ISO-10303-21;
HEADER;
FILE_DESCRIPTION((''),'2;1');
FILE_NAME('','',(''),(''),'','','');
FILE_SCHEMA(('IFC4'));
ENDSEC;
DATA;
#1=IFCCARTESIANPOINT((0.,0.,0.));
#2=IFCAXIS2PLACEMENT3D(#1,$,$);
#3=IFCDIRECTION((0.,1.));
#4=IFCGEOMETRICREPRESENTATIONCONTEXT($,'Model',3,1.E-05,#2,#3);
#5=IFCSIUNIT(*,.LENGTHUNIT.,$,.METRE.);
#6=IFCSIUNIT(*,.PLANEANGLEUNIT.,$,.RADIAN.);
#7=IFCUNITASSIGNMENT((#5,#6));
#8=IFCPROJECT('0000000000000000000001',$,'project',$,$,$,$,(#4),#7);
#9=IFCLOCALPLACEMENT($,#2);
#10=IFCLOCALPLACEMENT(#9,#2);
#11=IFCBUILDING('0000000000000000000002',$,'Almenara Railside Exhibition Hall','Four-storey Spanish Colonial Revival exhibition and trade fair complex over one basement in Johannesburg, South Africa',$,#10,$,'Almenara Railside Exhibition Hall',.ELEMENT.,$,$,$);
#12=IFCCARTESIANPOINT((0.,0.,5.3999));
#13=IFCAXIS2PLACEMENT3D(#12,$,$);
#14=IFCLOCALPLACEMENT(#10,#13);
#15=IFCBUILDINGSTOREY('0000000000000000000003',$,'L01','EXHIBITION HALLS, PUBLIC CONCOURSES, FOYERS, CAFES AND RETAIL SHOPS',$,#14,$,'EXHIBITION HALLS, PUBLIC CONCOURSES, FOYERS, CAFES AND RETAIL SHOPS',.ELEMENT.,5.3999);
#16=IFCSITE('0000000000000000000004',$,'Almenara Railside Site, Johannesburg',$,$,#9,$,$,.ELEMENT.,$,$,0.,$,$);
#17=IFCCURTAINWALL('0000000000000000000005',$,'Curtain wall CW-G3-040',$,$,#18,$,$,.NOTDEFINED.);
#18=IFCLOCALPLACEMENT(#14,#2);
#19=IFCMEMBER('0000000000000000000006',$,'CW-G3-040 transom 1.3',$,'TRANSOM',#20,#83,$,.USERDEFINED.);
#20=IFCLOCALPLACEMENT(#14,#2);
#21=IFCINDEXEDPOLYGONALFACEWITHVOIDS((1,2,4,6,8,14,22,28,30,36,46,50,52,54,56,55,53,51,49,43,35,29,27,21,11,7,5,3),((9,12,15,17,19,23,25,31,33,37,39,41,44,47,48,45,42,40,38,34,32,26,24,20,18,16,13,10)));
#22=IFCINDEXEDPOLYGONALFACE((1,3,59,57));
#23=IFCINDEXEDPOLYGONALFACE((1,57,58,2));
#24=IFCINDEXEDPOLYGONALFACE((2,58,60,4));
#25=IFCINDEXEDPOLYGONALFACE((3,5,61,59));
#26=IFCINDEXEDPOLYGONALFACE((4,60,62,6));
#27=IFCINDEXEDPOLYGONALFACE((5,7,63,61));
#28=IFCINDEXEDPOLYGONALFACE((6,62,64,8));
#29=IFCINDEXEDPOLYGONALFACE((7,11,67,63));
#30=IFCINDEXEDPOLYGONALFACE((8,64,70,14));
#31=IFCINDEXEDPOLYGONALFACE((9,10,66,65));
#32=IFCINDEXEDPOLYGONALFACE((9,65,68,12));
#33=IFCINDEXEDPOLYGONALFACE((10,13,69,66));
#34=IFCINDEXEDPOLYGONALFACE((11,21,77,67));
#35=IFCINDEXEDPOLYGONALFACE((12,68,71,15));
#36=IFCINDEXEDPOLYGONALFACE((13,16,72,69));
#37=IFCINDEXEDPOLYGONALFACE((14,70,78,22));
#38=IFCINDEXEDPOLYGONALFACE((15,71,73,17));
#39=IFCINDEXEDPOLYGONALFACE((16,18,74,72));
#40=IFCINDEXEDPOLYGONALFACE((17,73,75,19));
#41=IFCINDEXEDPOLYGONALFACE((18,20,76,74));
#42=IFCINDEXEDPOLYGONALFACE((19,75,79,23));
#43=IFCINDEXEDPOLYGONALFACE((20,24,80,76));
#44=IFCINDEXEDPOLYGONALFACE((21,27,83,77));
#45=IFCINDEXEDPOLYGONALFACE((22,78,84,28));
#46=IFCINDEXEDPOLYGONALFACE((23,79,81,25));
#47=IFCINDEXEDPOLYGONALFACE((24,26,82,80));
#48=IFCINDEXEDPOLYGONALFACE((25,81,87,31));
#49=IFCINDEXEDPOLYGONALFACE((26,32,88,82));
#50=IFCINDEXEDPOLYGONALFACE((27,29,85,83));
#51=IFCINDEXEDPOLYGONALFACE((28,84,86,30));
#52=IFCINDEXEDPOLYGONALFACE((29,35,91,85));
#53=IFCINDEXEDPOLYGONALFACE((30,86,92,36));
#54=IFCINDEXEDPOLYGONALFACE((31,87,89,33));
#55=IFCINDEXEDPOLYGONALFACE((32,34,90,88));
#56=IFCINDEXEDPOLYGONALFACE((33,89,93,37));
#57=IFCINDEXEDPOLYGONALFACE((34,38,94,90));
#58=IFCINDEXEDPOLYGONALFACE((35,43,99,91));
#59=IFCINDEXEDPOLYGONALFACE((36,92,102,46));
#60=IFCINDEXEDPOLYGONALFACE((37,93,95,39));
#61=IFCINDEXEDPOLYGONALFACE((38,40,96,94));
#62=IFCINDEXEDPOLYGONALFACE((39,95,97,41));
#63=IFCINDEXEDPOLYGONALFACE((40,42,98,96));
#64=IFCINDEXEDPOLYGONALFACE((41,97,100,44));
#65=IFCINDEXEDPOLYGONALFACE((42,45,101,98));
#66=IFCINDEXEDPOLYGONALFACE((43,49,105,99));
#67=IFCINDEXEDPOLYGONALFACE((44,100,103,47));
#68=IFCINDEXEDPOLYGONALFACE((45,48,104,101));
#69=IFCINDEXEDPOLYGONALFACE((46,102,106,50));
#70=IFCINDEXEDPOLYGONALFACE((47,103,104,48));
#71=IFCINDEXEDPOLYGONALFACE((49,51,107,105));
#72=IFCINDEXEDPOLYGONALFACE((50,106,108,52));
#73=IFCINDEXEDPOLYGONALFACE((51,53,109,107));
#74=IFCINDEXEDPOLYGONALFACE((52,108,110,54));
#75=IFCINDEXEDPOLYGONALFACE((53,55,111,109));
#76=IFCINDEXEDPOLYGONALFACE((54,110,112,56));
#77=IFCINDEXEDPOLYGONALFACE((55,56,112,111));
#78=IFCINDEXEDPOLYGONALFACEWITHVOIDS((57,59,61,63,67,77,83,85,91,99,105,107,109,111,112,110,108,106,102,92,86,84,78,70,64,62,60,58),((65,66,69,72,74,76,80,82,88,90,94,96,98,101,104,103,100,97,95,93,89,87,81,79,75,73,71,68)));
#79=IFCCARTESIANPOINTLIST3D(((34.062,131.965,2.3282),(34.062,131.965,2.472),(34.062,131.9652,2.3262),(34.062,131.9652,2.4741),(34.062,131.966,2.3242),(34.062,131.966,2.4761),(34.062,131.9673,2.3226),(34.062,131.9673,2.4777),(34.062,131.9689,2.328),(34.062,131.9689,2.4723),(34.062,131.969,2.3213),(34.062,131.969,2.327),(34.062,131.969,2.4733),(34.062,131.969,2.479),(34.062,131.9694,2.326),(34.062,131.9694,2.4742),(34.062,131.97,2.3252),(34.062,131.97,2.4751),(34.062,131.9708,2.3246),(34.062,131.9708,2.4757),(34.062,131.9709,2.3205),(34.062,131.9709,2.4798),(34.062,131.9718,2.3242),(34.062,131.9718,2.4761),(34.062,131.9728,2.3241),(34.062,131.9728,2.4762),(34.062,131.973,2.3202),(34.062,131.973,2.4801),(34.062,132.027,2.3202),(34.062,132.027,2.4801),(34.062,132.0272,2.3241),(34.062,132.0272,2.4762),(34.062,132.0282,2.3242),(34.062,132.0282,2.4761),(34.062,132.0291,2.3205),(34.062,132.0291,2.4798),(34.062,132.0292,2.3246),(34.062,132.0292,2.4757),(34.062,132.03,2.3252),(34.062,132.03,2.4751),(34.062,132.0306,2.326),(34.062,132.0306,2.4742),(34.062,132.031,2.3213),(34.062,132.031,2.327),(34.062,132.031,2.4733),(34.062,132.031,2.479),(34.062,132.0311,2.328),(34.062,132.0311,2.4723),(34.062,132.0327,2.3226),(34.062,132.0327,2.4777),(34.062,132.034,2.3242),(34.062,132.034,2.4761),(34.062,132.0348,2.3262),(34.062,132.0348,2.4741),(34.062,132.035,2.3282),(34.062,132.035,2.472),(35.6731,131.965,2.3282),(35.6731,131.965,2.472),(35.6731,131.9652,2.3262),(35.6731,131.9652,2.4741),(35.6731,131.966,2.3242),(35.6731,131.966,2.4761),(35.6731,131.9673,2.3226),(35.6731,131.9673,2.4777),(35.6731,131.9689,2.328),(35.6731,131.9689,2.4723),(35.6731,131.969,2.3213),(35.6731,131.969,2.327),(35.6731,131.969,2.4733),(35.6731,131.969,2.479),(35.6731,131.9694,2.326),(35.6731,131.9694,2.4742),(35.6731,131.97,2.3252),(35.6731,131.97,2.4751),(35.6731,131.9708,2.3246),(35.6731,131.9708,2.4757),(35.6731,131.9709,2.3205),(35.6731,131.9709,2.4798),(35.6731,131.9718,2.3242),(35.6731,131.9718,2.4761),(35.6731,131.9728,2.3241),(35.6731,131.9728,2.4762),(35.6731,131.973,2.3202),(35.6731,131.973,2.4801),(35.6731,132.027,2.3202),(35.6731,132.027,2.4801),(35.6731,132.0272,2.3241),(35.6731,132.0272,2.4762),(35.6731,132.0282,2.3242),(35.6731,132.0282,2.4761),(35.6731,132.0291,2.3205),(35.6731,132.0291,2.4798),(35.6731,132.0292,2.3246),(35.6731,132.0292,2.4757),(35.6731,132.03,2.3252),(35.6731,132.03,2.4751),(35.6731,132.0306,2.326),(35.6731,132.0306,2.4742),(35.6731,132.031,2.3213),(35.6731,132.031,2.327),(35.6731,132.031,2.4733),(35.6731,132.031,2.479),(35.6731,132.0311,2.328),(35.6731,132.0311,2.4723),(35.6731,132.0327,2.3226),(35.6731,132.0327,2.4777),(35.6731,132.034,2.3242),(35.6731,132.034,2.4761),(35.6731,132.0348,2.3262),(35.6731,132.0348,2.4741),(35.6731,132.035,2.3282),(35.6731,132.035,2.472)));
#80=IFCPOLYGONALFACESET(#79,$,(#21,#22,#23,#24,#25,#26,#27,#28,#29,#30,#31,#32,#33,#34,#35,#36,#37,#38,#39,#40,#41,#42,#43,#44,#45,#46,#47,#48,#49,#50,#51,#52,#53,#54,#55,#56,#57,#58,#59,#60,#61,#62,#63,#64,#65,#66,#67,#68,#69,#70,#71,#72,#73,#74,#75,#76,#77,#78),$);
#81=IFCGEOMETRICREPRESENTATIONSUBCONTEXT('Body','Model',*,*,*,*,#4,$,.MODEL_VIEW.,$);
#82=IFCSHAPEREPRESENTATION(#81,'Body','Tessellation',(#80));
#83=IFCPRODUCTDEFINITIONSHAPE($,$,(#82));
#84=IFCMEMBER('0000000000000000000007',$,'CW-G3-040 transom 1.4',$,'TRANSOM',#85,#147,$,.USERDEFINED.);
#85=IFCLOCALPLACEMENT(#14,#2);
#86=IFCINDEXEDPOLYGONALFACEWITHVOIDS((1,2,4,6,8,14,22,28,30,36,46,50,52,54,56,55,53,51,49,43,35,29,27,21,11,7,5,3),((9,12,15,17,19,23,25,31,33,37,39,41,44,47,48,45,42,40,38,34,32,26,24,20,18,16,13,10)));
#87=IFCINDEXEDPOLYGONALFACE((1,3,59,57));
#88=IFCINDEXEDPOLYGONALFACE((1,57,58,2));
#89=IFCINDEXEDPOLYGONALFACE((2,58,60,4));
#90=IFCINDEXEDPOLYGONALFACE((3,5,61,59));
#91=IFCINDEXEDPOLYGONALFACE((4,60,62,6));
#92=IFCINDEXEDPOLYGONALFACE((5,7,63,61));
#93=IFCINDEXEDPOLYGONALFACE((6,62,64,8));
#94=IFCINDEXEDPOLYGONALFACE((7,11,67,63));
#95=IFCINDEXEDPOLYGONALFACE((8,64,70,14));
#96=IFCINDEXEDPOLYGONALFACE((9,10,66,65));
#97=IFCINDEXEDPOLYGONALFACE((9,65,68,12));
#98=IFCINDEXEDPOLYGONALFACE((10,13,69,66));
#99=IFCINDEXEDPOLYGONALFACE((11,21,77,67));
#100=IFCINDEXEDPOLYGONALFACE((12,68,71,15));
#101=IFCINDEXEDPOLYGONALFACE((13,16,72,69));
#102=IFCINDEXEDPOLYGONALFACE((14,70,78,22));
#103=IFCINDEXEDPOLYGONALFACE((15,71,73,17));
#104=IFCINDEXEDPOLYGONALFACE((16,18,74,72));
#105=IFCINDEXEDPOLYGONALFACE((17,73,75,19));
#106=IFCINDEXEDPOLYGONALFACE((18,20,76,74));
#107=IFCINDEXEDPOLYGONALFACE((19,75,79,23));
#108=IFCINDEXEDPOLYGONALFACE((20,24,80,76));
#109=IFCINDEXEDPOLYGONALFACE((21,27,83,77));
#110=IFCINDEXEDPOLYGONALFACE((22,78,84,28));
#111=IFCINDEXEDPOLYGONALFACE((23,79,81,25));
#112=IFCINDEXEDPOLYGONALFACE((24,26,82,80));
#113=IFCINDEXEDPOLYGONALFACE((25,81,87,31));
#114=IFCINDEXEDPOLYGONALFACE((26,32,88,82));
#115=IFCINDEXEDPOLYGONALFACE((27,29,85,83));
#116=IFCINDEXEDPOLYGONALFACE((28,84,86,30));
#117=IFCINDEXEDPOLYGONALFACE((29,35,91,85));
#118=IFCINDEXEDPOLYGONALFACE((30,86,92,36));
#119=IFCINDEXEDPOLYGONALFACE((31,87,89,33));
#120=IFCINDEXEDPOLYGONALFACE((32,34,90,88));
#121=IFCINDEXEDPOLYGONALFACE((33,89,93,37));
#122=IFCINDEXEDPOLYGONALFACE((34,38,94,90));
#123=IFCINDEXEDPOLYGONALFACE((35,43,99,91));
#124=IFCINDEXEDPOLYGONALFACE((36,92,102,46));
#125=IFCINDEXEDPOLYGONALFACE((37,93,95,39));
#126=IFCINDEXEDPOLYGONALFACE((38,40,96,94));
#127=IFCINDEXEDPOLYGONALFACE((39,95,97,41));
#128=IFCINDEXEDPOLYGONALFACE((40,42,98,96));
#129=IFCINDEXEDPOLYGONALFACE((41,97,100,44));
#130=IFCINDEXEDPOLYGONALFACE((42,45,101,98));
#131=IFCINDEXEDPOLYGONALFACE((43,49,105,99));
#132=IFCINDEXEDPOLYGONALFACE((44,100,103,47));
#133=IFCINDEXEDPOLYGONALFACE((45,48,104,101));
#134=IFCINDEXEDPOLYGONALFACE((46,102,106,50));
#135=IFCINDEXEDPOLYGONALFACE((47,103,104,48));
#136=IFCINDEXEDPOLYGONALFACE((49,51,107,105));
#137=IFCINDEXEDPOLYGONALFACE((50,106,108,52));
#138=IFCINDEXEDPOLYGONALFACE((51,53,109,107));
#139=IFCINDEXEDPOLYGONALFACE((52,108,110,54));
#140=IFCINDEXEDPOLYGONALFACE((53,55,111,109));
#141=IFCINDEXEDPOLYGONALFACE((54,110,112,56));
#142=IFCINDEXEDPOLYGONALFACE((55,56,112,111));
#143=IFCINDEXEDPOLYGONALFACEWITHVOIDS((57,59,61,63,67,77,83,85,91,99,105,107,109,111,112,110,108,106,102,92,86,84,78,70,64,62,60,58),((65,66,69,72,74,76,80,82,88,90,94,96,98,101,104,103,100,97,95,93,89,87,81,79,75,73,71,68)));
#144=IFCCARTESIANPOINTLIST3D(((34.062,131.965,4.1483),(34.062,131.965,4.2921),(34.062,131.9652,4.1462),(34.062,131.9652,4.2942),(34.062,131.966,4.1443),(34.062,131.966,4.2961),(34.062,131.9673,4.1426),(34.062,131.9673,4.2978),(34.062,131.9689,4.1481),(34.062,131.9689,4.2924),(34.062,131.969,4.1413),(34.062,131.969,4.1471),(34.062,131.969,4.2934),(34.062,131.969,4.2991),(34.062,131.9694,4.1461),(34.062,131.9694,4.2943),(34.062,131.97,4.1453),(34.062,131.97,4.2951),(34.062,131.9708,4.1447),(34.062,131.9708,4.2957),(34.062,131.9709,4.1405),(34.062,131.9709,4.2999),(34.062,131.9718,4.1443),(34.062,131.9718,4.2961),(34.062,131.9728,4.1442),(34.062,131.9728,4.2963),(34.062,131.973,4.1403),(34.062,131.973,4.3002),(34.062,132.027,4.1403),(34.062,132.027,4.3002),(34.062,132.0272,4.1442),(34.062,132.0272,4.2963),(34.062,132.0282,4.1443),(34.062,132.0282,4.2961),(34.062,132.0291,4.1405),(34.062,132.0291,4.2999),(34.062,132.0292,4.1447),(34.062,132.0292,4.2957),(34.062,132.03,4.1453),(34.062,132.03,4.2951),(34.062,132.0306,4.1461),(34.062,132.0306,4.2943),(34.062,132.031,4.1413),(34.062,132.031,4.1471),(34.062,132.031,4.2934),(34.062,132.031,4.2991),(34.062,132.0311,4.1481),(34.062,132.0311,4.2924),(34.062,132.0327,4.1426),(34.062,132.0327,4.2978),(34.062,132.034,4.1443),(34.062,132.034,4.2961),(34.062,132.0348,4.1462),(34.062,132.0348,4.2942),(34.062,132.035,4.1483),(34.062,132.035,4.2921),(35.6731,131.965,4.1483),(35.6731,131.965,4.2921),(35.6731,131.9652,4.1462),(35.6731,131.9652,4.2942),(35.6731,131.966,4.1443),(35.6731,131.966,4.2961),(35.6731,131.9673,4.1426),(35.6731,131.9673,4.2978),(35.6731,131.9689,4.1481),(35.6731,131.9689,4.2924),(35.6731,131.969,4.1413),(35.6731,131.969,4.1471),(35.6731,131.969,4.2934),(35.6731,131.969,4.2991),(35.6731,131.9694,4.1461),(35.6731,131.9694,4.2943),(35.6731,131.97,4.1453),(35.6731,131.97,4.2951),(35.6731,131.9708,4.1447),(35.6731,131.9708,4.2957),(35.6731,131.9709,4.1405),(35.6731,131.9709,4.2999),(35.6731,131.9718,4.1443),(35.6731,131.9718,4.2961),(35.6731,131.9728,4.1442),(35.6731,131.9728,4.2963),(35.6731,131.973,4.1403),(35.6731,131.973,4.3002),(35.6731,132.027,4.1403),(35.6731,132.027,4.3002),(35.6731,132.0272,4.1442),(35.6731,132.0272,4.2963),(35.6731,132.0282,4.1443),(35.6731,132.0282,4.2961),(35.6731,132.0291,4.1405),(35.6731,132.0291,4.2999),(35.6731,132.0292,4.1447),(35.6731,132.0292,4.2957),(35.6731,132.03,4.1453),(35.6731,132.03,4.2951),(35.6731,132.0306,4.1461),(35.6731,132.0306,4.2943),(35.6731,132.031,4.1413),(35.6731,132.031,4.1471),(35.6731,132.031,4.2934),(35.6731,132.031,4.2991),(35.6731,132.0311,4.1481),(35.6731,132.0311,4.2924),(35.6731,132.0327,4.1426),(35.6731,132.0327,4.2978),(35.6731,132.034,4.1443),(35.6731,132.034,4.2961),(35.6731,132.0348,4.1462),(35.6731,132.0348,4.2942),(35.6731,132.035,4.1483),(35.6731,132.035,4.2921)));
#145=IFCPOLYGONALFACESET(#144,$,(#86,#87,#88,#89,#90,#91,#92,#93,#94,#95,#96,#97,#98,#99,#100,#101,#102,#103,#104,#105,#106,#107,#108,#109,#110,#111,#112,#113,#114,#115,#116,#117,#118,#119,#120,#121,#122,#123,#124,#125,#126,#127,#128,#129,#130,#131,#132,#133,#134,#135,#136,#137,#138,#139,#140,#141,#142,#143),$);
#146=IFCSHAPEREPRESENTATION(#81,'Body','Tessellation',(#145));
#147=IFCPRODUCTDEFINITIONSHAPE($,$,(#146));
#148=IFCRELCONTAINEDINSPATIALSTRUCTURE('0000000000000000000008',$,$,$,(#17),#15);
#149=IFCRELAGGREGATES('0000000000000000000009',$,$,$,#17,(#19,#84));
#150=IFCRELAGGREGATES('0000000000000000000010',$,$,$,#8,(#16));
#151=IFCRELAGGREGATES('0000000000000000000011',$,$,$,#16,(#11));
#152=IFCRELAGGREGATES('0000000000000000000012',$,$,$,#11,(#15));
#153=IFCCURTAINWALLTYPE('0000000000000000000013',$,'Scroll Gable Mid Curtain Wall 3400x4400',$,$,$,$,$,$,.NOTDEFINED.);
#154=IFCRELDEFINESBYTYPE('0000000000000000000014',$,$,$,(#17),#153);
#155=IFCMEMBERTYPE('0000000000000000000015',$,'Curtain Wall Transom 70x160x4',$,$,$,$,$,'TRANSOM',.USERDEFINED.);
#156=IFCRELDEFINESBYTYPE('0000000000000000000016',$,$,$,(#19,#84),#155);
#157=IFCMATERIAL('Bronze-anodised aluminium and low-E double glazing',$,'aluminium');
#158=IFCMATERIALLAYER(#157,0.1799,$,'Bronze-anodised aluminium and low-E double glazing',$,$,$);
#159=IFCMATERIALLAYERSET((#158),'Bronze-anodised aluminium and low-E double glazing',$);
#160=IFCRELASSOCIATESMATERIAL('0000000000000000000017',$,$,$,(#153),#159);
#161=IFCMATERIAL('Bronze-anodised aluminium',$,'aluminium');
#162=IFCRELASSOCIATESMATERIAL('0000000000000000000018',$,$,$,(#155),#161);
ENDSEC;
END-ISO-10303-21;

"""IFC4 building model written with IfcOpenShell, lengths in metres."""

from ifc_helpers import new_model, si_unit, direction, frame, origin, origin_2d, place, context, subcontext, project, spatial, hollow_rectangle, extrude, material, layer, layer_set, material_profile, profile_set, type_object, element, aggregate, save


model = new_model("IFC4")

# Units and contexts
model_context = context("Model", 3, precision=1e-05, world=origin(), true_north=direction((0.0, 1.0)))
body_context = subcontext(model_context, "Body", "Model", "MODEL_VIEW")
ifc_project = project(units=[si_unit("LENGTHUNIT", "METRE"), si_unit("PLANEANGLEUNIT", "RADIAN")], contexts=[model_context])

# Site, building, storey
site_placement = place(None, origin())
site = spatial("IfcSite", under=ifc_project, at=site_placement, Name="Almenara Railside Site, Johannesburg", CompositionType="ELEMENT", RefElevation=0.0)
building_placement = place(site_placement, origin())
building = spatial("IfcBuilding", under=site, at=building_placement, Name="Almenara Railside Exhibition Hall", Description="Four-storey Spanish Colonial Revival exhibition and trade fair complex over one basement in Johannesburg, South Africa", LongName="Almenara Railside Exhibition Hall", CompositionType="ELEMENT")
storey_placement = place(building_placement, frame((0.0, 0.0, 5.3999)))
storey = spatial("IfcBuildingStorey", under=building, at=storey_placement, Name="L01", Description="EXHIBITION HALLS, PUBLIC CONCOURSES, FOYERS, CAFES AND RETAIL SHOPS", LongName="EXHIBITION HALLS, PUBLIC CONCOURSES, FOYERS, CAFES AND RETAIL SHOPS", CompositionType="ELEMENT", Elevation=5.3999)

# Shared definitions
ifc_material_1 = material(Name="Bronze-anodised aluminium and low-E double glazing", Category="aluminium")
ifc_layer_1 = layer(ifc_material_1, 0.1799, Name="Bronze-anodised aluminium and low-E double glazing")
ifc_layer_set_1 = layer_set([ifc_layer_1], Name="Bronze-anodised aluminium and low-E double glazing")
curtain_wall_type = type_object("IfcCurtainWallType", Name="Scroll Gable Mid Curtain Wall 3400x4400", PredefinedType="NOTDEFINED", material=ifc_layer_set_1)
ifc_material_2 = material(Name="Bronze-anodised aluminium", Category="aluminium")

# Curtain wall
curtain_wall_1_placement = place(storey_placement, origin())
curtain_wall_1 = element("IfcCurtainWall", 1, at=curtain_wall_1_placement, inside=storey, type_object=curtain_wall_type, Name="Curtain wall CW-G3-040", PredefinedType="NOTDEFINED")

# Members
ifc_material_profile_1 = material_profile(ifc_material_2, hollow_rectangle(XDim=0.0701, YDim=0.1599, WallThickness=0.0039, InnerFilletRadius=0.0039, OuterFilletRadius=0.0081, at=origin_2d()), Name="ALU-TRN 70x160x4")
ifc_profile_set_1 = profile_set([ifc_material_profile_1], Name="Bronze-anodised aluminium")
member_type_1 = type_object("IfcMemberType", Name="Curtain Wall Transom 70x160x4", ElementType="TRANSOM", PredefinedType="USERDEFINED", material=ifc_profile_set_1)
member_1_placement = place(storey_placement, frame((34.062, 132.0, 2.4001), z_axis=(1.0, 0.0, 0.0), x_axis=(0.0, 1.0, 0.0)))
member_1 = element("IfcMember", 2, at=member_1_placement, type_object=member_type_1, Name="CW-G3-040 transom 1.3", ObjectType="TRANSOM", PredefinedType="USERDEFINED", context=body_context, shape_type="SweptSolid", body=[
    extrude(hollow_rectangle(XDim=0.0701, YDim=0.1599, WallThickness=0.0039, InnerFilletRadius=0.0039, OuterFilletRadius=0.0081, at=origin_2d()), origin(), (0.0, 0.0, 1.0), 1.6111),
])
member_2_placement = place(storey_placement, frame((34.062, 132.0, 4.2202), z_axis=(1.0, 0.0, 0.0), x_axis=(0.0, 1.0, 0.0)))
member_2 = element("IfcMember", 3, at=member_2_placement, type_object=member_type_1, Name="CW-G3-040 transom 1.4", ObjectType="TRANSOM", PredefinedType="USERDEFINED", context=body_context, shape_type="SweptSolid", body=[
    extrude(hollow_rectangle(XDim=0.0701, YDim=0.1599, WallThickness=0.0039, InnerFilletRadius=0.0039, OuterFilletRadius=0.0081, at=origin_2d()), origin(), (0.0, 0.0, 1.0), 1.6111),
])

aggregate(curtain_wall_1, [member_1, member_2])

save(model, "model.ifc")
